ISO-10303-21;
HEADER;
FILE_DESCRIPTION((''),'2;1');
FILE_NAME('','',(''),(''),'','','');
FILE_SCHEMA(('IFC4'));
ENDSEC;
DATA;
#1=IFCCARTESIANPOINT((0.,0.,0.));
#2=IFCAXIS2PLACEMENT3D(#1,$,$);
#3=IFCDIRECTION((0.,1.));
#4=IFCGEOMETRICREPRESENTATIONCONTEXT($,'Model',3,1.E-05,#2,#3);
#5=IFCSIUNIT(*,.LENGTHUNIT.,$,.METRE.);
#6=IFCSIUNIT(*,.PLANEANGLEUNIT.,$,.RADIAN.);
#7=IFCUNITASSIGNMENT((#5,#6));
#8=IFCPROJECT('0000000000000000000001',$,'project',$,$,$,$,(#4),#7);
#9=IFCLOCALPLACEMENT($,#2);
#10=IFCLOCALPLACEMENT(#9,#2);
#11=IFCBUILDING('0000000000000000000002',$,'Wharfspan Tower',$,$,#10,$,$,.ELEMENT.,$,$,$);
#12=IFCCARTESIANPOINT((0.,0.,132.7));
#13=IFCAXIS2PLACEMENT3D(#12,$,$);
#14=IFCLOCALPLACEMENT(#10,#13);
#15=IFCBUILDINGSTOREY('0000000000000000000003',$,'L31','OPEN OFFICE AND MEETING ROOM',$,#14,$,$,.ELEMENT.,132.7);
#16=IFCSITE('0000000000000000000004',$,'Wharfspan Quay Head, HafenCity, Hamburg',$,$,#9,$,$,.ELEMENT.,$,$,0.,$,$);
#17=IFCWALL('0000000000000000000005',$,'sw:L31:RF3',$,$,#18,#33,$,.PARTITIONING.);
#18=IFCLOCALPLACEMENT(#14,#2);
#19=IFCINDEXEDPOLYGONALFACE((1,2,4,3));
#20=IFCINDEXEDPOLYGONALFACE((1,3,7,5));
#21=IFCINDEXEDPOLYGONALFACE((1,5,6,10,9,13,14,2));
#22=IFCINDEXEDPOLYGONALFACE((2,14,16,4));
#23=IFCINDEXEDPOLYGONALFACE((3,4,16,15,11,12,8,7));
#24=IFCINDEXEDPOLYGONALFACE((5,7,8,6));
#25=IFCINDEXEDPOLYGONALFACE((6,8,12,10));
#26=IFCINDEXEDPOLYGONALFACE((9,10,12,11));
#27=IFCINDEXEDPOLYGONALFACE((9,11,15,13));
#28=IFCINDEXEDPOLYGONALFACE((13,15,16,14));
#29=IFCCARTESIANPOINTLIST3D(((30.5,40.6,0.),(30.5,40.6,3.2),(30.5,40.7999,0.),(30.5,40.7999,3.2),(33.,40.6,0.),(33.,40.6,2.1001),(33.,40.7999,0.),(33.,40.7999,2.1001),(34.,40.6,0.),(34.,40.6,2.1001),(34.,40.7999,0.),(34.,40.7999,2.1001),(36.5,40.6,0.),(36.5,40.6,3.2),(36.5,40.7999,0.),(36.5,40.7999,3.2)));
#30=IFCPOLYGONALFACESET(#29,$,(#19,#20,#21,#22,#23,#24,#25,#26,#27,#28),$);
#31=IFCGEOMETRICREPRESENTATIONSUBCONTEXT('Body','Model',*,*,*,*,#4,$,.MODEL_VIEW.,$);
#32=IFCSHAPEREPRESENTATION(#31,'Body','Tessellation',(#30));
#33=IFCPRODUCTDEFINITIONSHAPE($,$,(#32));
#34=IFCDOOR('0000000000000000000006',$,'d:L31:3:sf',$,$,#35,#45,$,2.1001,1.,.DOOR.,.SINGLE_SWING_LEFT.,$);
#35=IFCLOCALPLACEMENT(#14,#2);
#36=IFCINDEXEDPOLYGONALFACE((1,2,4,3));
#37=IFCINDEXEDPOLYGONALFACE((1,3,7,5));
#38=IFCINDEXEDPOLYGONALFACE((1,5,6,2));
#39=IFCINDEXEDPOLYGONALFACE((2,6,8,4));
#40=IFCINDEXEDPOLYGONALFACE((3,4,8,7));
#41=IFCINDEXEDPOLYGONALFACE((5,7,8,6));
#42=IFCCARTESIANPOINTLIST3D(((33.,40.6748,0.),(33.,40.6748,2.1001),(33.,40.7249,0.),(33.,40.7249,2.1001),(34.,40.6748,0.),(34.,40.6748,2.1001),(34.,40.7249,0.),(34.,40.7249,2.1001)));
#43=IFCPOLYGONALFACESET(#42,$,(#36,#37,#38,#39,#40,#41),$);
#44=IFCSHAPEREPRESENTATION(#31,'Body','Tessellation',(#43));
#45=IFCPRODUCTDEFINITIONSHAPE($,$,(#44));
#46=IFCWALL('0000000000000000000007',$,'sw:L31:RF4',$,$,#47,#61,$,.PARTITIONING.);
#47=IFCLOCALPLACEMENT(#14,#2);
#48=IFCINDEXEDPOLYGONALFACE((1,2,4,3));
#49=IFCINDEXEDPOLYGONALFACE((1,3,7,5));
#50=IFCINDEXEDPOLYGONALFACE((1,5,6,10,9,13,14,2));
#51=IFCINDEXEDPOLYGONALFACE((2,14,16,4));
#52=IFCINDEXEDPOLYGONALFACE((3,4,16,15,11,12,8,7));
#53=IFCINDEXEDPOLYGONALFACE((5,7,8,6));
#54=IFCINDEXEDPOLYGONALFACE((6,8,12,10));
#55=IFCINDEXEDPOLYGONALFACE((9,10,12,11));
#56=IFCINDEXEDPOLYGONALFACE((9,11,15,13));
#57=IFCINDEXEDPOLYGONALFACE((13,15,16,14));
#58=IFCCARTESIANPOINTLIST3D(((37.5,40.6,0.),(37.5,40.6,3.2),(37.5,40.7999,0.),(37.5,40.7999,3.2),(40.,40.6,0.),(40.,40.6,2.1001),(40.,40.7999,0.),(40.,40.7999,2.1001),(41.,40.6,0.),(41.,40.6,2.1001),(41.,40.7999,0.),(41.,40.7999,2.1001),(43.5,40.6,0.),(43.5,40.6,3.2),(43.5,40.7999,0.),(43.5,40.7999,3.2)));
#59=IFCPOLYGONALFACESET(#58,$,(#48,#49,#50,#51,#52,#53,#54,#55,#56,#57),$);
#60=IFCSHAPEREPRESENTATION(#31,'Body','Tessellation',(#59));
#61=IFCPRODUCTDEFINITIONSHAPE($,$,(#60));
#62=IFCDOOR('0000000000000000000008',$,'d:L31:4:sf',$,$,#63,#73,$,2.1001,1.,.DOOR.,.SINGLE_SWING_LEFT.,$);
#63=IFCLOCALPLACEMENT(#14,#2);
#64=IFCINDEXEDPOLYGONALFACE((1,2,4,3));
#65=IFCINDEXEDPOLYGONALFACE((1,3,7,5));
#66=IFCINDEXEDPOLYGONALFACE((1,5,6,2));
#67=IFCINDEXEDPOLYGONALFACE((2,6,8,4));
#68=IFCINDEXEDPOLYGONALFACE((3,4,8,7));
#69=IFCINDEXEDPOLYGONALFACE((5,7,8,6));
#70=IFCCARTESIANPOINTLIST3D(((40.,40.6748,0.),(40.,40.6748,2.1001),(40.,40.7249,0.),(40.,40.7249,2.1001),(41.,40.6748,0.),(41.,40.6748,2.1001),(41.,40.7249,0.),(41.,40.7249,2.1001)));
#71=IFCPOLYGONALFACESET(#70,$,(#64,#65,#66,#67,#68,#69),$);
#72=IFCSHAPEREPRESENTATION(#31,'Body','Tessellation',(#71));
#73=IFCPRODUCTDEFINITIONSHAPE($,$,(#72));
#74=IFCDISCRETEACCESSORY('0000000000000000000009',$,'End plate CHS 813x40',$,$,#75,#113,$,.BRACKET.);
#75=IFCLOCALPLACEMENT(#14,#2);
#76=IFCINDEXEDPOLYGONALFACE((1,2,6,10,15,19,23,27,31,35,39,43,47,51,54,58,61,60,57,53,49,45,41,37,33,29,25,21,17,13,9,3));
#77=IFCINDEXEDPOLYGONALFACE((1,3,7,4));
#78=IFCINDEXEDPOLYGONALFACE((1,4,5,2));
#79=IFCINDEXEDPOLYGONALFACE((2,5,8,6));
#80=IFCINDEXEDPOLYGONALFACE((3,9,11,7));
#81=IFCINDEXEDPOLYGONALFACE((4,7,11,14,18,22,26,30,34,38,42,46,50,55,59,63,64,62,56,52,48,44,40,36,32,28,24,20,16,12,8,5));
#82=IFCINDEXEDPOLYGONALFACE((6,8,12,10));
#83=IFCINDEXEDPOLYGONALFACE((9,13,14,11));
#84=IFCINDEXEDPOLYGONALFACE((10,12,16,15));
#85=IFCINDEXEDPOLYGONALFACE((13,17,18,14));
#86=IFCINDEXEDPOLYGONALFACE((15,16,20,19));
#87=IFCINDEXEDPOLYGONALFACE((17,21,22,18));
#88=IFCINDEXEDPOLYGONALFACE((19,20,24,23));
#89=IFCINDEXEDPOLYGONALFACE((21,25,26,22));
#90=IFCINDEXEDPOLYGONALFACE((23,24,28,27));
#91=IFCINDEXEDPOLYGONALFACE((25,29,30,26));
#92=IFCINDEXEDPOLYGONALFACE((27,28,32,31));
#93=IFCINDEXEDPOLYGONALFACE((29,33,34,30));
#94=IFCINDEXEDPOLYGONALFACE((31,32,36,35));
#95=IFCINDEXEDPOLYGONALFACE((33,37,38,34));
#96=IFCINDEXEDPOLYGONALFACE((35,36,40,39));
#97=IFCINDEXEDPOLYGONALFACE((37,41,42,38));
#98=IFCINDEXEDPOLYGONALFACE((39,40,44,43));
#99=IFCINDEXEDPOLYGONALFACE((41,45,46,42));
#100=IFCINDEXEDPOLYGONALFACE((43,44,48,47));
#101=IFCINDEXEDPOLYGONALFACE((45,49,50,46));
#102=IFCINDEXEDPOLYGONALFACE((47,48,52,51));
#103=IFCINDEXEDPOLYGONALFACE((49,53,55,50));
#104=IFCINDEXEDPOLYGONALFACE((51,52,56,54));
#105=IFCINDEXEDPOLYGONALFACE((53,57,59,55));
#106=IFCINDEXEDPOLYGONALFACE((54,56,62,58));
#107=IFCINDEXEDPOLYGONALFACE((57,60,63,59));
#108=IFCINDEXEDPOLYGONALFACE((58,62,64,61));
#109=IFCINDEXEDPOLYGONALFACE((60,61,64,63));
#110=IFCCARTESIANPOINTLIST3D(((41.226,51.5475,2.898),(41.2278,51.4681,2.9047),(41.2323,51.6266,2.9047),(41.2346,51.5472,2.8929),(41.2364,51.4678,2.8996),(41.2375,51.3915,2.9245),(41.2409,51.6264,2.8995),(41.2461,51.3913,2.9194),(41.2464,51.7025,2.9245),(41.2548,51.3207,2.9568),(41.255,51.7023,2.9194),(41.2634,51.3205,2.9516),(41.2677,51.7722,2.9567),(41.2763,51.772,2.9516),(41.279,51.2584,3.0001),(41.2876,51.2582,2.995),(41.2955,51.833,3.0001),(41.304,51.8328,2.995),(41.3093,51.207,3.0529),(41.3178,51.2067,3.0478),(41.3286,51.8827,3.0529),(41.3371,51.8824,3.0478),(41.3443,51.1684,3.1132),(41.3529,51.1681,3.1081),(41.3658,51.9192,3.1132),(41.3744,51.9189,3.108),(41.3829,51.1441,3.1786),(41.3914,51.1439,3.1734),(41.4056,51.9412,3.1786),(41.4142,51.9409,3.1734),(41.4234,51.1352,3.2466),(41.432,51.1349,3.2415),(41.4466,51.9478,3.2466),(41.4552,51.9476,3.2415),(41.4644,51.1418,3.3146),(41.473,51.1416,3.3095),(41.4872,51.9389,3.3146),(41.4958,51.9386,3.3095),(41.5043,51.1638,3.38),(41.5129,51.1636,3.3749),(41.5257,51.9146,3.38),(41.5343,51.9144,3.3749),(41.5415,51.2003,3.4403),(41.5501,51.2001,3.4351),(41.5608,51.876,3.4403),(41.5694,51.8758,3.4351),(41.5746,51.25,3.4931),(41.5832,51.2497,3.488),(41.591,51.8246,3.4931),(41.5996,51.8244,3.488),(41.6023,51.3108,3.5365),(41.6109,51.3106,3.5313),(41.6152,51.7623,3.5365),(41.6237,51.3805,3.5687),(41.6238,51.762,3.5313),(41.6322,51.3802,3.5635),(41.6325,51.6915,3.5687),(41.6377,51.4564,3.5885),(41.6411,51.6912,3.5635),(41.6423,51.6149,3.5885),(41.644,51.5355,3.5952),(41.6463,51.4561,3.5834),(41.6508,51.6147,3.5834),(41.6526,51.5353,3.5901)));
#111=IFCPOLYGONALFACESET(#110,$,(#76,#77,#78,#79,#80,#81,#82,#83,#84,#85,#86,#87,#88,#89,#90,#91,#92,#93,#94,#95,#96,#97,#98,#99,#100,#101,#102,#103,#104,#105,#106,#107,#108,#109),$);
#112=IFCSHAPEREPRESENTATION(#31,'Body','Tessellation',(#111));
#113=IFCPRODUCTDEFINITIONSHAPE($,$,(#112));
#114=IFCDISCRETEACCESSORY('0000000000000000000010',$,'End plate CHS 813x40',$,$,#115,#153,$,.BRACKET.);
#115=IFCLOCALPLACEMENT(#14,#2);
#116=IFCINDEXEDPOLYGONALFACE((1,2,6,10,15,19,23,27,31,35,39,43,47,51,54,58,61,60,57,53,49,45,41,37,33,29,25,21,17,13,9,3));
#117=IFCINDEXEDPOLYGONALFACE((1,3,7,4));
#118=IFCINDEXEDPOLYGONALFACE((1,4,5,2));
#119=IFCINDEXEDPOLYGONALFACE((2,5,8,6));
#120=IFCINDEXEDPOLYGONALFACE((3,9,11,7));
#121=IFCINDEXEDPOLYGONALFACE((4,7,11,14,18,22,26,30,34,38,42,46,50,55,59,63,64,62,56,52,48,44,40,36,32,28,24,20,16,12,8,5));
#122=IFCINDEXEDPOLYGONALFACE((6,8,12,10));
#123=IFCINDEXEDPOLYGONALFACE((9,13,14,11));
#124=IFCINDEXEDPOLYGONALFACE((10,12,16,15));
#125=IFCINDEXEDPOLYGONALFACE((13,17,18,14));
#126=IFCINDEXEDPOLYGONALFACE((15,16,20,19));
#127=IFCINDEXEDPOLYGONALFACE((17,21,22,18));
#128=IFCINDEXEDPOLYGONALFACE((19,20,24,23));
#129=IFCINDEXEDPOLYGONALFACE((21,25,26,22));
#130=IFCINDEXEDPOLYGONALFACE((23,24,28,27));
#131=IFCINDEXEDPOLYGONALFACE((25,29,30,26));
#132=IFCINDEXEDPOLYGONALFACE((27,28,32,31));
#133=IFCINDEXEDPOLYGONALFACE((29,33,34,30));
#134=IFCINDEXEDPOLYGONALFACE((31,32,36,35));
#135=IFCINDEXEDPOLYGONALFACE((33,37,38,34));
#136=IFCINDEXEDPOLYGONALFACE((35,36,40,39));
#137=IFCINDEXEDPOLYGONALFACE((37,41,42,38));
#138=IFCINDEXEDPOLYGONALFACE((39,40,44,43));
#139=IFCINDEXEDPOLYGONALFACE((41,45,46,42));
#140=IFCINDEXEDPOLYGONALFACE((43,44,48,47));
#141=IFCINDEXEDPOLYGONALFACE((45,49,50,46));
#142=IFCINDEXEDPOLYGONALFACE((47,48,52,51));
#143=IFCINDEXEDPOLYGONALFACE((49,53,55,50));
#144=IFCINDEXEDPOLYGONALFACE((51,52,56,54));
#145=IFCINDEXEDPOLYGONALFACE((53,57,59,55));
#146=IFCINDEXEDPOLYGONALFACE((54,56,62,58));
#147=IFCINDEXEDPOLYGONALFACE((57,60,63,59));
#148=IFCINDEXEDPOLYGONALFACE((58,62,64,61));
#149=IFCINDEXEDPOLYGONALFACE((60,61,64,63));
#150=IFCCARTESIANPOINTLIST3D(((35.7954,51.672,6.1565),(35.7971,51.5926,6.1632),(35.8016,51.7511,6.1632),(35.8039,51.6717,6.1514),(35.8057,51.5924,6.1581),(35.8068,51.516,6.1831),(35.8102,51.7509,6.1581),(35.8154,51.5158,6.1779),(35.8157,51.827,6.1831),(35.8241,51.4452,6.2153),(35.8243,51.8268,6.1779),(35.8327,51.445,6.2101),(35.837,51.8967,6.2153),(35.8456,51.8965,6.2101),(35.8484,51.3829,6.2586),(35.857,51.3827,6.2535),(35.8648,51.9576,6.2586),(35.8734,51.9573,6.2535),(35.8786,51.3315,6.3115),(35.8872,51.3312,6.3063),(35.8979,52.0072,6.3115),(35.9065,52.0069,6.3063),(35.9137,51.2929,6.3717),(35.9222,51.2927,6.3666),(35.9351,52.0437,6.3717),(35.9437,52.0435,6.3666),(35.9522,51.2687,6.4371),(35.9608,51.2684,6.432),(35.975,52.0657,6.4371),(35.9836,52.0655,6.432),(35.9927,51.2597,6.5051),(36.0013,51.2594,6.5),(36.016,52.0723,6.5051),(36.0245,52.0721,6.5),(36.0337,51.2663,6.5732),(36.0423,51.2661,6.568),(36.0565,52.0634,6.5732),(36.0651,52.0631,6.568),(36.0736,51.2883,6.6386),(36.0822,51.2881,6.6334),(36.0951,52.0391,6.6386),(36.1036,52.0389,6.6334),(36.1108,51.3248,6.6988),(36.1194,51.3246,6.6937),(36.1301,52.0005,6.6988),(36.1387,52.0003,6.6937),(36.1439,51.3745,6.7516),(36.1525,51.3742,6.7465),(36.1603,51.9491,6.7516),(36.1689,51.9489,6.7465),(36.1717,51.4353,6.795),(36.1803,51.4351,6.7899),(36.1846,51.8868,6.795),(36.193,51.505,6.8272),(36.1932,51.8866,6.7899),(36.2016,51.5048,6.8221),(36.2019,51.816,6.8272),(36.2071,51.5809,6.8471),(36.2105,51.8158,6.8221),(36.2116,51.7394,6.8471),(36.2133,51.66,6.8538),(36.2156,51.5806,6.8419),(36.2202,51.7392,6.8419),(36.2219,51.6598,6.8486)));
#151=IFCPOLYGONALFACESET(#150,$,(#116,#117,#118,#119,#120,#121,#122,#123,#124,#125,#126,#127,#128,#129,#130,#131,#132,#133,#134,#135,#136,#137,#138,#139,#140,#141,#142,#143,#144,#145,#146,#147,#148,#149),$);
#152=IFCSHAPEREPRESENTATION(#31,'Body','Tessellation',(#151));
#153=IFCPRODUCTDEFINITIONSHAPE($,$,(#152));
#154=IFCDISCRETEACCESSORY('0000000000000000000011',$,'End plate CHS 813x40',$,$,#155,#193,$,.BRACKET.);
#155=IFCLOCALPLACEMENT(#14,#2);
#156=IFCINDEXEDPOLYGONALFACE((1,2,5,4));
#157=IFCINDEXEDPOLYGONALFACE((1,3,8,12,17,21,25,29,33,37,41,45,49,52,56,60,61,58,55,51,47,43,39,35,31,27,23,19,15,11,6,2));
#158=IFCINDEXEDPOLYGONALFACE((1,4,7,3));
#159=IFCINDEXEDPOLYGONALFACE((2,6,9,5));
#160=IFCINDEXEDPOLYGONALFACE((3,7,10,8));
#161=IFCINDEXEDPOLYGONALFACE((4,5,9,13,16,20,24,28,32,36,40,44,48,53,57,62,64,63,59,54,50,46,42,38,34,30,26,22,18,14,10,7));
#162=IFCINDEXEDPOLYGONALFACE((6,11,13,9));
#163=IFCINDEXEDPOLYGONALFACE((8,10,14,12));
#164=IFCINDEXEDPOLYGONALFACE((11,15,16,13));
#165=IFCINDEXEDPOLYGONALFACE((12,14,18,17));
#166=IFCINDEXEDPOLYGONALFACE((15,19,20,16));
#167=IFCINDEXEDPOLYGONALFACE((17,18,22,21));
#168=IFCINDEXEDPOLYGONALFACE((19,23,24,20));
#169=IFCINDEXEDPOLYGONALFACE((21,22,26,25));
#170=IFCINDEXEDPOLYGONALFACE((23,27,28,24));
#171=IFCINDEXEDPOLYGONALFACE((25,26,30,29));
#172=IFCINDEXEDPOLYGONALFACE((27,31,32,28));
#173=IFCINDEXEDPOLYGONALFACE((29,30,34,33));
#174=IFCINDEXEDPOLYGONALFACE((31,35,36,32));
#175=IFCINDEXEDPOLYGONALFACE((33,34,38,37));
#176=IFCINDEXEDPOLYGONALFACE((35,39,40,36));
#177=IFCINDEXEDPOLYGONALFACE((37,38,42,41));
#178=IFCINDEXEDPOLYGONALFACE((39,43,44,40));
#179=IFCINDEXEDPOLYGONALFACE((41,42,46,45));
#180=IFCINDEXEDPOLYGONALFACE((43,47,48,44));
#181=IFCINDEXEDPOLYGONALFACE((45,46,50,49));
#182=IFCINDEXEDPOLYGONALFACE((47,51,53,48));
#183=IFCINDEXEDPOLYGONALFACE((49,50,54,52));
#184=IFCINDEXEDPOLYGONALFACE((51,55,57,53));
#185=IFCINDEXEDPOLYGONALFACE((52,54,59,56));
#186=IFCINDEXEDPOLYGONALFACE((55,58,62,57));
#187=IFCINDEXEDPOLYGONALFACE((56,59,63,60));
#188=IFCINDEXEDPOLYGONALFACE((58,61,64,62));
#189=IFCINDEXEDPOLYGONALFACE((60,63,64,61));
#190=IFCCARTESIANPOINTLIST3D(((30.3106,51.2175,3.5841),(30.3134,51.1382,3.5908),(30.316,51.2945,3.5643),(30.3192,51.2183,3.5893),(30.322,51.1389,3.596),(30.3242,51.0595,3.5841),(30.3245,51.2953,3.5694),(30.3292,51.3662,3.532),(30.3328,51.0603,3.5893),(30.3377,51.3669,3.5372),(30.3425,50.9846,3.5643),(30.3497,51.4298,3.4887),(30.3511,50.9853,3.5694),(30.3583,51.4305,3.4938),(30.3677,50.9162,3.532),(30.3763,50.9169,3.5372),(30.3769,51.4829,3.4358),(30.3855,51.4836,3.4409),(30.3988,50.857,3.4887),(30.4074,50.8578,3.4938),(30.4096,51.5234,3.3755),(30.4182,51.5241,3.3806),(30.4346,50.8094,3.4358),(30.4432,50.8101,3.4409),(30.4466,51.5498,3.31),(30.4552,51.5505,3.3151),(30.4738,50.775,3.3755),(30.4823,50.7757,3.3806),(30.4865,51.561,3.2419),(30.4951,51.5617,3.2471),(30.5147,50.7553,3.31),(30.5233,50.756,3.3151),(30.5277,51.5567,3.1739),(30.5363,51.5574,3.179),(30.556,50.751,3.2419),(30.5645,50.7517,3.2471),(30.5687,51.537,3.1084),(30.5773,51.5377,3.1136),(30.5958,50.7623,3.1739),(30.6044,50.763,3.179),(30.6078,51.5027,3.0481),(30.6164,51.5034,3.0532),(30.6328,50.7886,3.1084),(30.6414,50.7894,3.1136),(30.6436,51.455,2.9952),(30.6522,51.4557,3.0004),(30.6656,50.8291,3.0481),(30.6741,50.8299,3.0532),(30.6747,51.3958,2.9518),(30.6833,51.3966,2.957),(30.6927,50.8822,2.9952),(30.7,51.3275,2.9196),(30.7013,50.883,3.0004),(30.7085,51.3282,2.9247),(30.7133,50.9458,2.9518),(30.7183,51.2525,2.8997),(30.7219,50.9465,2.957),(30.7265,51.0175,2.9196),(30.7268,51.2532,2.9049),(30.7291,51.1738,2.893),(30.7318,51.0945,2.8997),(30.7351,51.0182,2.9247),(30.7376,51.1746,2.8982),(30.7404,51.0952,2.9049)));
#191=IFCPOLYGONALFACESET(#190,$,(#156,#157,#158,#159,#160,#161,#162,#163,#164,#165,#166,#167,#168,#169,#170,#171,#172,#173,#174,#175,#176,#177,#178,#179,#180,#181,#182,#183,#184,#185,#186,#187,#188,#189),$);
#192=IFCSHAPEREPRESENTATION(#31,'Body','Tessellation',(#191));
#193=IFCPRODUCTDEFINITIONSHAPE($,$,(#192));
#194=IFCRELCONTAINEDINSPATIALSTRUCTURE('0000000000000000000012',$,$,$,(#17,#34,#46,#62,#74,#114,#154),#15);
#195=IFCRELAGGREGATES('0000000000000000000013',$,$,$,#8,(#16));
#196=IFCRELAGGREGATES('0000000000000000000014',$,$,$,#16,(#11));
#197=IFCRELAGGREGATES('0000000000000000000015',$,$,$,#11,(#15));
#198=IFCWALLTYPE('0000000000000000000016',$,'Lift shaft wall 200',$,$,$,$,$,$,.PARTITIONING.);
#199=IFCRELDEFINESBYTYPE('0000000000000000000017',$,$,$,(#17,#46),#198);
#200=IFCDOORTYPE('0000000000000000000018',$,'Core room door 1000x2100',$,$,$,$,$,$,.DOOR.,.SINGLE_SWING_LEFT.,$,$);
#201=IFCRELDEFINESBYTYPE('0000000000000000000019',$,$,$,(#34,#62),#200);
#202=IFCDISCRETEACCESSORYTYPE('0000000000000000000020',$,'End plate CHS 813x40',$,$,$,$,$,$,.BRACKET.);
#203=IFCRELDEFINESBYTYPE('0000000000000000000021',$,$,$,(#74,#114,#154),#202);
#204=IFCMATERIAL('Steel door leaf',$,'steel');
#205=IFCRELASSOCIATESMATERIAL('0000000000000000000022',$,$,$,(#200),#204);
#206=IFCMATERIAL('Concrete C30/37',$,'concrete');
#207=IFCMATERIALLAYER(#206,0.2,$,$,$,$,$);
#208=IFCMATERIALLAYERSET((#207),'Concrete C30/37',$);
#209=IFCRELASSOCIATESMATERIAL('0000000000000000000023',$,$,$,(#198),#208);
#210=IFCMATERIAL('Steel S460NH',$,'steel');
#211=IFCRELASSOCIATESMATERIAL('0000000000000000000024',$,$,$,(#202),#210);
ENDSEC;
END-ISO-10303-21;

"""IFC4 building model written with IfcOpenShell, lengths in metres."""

from ifc_helpers import new_model, si_unit, direction, frame, frame_2d, origin, origin_2d, place, context, subcontext, project, spatial, rectangle, circle, extrude, material, layer, layer_set, material_profile, profile_set, type_object, element, fill, save


model = new_model("IFC4")

# Units and contexts
model_context = context("Model", 3, precision=1e-05, world=origin(), true_north=direction((0.0, 1.0)))
body_context = subcontext(model_context, "Body", "Model", "MODEL_VIEW")
ifc_project = project(units=[si_unit("LENGTHUNIT", "METRE"), si_unit("PLANEANGLEUNIT", "RADIAN")], contexts=[model_context])

# Site, building, storey
site_placement = place(None, origin())
site = spatial("IfcSite", under=ifc_project, at=site_placement, Name="Wharfspan Quay Head, HafenCity, Hamburg", CompositionType="ELEMENT", RefElevation=0.0)
building_placement = place(site_placement, origin())
building = spatial("IfcBuilding", under=site, at=building_placement, Name="Wharfspan Tower", CompositionType="ELEMENT")
storey_placement = place(building_placement, frame((0.0, 0.0, 132.7)))
storey = spatial("IfcBuildingStorey", under=building, at=storey_placement, Name="L31", Description="OPEN OFFICE AND MEETING ROOM", CompositionType="ELEMENT", Elevation=132.7)

# Shared definitions
ifc_material_1 = material(Name="Steel S460NH", Category="steel")

# Walls, openings, doors
ifc_material_2 = material(Name="Steel door leaf", Category="steel")
door_type = type_object("IfcDoorType", Name="Core room door 1000x2100", OperationType="SINGLE_SWING_LEFT", PredefinedType="DOOR", material=ifc_material_2)
ifc_material_3 = material(Name="Concrete C30/37", Category="concrete")
ifc_layer_1 = layer(ifc_material_3, 0.2)
ifc_layer_set_1 = layer_set([ifc_layer_1], Name="Concrete C30/37")
wall_type_1 = type_object("IfcWallType", Name="Lift shaft wall 200", PredefinedType="PARTITIONING", material=ifc_layer_set_1)
wall_1_placement = place(storey_placement, frame((30.5, 40.7, 0.0), z_axis=(0.0, 0.0, 1.0), x_axis=(1.0, 0.0, 0.0)))
wall_1 = element("IfcWall", 1, at=wall_1_placement, inside=storey, type_object=wall_type_1, Name="sw:L31:RF3", PredefinedType="PARTITIONING", context=body_context, shape_type="SweptSolid", body=[
    extrude(rectangle(XDim=6.0, YDim=0.2, at=frame_2d((3.0, 0.0))), origin(), (0.0, 0.0, 1.0), 3.2),
])
opening_1_placement = place(wall_1_placement, frame((2.5, 0.0, 0.0)))
opening_1 = element("IfcOpeningElement", 2, at=opening_1_placement, cuts=wall_1, PredefinedType="OPENING", context=body_context, shape_type="SweptSolid", body=[
    extrude(rectangle(XDim=1.0, YDim=2.1001, at=frame_2d((0.5, 1.05))), frame((0.0, 0.1099, 0.0), z_axis=(0.0, -1.0, 0.0), x_axis=(1.0, 0.0, 0.0)), (0.0, 0.0, 1.0), 0.22),
])
door_1_placement = place(opening_1_placement, origin())
door_1 = element("IfcDoor", 3, at=door_1_placement, inside=storey, type_object=door_type, Name="d:L31:3:sf", OperationType="SINGLE_SWING_LEFT", OverallHeight=2.1001, OverallWidth=1.0, PredefinedType="DOOR", context=body_context, shape_type="SweptSolid", body=[
    extrude(rectangle(XDim=1.0, YDim=2.1001, at=frame_2d((0.5, 1.05))), frame((0.0, 0.0249, 0.0), z_axis=(0.0, -1.0, 0.0), x_axis=(1.0, 0.0, 0.0)), (0.0, 0.0, 1.0), 0.05),
])
fill(opening_1, door_1)
wall_2_placement = place(storey_placement, frame((37.5, 40.7, 0.0), z_axis=(0.0, 0.0, 1.0), x_axis=(1.0, 0.0, 0.0)))
wall_2 = element("IfcWall", 4, at=wall_2_placement, inside=storey, type_object=wall_type_1, Name="sw:L31:RF4", PredefinedType="PARTITIONING", context=body_context, shape_type="SweptSolid", body=[
    extrude(rectangle(XDim=6.0, YDim=0.2, at=frame_2d((3.0, 0.0))), origin(), (0.0, 0.0, 1.0), 3.2),
])
opening_2_placement = place(wall_2_placement, frame((2.5, 0.0, 0.0)))
opening_2 = element("IfcOpeningElement", 5, at=opening_2_placement, cuts=wall_2, PredefinedType="OPENING", context=body_context, shape_type="SweptSolid", body=[
    extrude(rectangle(XDim=1.0, YDim=2.1001, at=frame_2d((0.5, 1.05))), frame((0.0, 0.1099, 0.0), z_axis=(0.0, -1.0, 0.0), x_axis=(1.0, 0.0, 0.0)), (0.0, 0.0, 1.0), 0.22),
])
door_2_placement = place(opening_2_placement, origin())
door_2 = element("IfcDoor", 6, at=door_2_placement, inside=storey, type_object=door_type, Name="d:L31:4:sf", OperationType="SINGLE_SWING_LEFT", OverallHeight=2.1001, OverallWidth=1.0, PredefinedType="DOOR", context=body_context, shape_type="SweptSolid", body=[
    extrude(rectangle(XDim=1.0, YDim=2.1001, at=frame_2d((0.5, 1.05))), frame((0.0, 0.0249, 0.0), z_axis=(0.0, -1.0, 0.0), x_axis=(1.0, 0.0, 0.0)), (0.0, 0.0, 1.0), 0.05),
])
fill(opening_2, door_2)

# Discrete accessories
ifc_material_profile_1 = material_profile(ifc_material_1, circle(Radius=0.4065, at=origin_2d()))
ifc_profile_set_1 = profile_set([ifc_material_profile_1], Name="Steel S460NH")
discrete_accessory_type = type_object("IfcDiscreteAccessoryType", Name="End plate CHS 813x40", PredefinedType="BRACKET", material=ifc_profile_set_1)
for number, where, z_axis, x_axis, name in (
    (7, (41.4436, 51.5413, 3.2415), (-0.857236, 0.024492, 0.514341), (-0.028558, -0.999591, 0.000002), "End plate CHS 813x40"),
    (8, (36.0129, 51.6658, 6.5), (-0.857236, 0.024492, 0.514341), (-0.028558, -0.999591, 0.000002), "End plate CHS 813x40"),
    (9, (30.5212, 51.156, 3.2419), (0.855186, 0.073302, 0.513112), (-0.085402, 0.996345, 0.000001), "End plate CHS 813x40"),
):
    element("IfcDiscreteAccessory", number, at=place(storey_placement, frame(where, z_axis=z_axis, x_axis=x_axis)), inside=storey, type_object=discrete_accessory_type, Name=name, PredefinedType="BRACKET", context=body_context, shape_type="SweptSolid", body=[
        extrude(circle(Radius=0.4065, at=origin_2d()), origin(), (0.0, 0.0, 1.0), 0.01),
    ])

save(model, "model.ifc")
